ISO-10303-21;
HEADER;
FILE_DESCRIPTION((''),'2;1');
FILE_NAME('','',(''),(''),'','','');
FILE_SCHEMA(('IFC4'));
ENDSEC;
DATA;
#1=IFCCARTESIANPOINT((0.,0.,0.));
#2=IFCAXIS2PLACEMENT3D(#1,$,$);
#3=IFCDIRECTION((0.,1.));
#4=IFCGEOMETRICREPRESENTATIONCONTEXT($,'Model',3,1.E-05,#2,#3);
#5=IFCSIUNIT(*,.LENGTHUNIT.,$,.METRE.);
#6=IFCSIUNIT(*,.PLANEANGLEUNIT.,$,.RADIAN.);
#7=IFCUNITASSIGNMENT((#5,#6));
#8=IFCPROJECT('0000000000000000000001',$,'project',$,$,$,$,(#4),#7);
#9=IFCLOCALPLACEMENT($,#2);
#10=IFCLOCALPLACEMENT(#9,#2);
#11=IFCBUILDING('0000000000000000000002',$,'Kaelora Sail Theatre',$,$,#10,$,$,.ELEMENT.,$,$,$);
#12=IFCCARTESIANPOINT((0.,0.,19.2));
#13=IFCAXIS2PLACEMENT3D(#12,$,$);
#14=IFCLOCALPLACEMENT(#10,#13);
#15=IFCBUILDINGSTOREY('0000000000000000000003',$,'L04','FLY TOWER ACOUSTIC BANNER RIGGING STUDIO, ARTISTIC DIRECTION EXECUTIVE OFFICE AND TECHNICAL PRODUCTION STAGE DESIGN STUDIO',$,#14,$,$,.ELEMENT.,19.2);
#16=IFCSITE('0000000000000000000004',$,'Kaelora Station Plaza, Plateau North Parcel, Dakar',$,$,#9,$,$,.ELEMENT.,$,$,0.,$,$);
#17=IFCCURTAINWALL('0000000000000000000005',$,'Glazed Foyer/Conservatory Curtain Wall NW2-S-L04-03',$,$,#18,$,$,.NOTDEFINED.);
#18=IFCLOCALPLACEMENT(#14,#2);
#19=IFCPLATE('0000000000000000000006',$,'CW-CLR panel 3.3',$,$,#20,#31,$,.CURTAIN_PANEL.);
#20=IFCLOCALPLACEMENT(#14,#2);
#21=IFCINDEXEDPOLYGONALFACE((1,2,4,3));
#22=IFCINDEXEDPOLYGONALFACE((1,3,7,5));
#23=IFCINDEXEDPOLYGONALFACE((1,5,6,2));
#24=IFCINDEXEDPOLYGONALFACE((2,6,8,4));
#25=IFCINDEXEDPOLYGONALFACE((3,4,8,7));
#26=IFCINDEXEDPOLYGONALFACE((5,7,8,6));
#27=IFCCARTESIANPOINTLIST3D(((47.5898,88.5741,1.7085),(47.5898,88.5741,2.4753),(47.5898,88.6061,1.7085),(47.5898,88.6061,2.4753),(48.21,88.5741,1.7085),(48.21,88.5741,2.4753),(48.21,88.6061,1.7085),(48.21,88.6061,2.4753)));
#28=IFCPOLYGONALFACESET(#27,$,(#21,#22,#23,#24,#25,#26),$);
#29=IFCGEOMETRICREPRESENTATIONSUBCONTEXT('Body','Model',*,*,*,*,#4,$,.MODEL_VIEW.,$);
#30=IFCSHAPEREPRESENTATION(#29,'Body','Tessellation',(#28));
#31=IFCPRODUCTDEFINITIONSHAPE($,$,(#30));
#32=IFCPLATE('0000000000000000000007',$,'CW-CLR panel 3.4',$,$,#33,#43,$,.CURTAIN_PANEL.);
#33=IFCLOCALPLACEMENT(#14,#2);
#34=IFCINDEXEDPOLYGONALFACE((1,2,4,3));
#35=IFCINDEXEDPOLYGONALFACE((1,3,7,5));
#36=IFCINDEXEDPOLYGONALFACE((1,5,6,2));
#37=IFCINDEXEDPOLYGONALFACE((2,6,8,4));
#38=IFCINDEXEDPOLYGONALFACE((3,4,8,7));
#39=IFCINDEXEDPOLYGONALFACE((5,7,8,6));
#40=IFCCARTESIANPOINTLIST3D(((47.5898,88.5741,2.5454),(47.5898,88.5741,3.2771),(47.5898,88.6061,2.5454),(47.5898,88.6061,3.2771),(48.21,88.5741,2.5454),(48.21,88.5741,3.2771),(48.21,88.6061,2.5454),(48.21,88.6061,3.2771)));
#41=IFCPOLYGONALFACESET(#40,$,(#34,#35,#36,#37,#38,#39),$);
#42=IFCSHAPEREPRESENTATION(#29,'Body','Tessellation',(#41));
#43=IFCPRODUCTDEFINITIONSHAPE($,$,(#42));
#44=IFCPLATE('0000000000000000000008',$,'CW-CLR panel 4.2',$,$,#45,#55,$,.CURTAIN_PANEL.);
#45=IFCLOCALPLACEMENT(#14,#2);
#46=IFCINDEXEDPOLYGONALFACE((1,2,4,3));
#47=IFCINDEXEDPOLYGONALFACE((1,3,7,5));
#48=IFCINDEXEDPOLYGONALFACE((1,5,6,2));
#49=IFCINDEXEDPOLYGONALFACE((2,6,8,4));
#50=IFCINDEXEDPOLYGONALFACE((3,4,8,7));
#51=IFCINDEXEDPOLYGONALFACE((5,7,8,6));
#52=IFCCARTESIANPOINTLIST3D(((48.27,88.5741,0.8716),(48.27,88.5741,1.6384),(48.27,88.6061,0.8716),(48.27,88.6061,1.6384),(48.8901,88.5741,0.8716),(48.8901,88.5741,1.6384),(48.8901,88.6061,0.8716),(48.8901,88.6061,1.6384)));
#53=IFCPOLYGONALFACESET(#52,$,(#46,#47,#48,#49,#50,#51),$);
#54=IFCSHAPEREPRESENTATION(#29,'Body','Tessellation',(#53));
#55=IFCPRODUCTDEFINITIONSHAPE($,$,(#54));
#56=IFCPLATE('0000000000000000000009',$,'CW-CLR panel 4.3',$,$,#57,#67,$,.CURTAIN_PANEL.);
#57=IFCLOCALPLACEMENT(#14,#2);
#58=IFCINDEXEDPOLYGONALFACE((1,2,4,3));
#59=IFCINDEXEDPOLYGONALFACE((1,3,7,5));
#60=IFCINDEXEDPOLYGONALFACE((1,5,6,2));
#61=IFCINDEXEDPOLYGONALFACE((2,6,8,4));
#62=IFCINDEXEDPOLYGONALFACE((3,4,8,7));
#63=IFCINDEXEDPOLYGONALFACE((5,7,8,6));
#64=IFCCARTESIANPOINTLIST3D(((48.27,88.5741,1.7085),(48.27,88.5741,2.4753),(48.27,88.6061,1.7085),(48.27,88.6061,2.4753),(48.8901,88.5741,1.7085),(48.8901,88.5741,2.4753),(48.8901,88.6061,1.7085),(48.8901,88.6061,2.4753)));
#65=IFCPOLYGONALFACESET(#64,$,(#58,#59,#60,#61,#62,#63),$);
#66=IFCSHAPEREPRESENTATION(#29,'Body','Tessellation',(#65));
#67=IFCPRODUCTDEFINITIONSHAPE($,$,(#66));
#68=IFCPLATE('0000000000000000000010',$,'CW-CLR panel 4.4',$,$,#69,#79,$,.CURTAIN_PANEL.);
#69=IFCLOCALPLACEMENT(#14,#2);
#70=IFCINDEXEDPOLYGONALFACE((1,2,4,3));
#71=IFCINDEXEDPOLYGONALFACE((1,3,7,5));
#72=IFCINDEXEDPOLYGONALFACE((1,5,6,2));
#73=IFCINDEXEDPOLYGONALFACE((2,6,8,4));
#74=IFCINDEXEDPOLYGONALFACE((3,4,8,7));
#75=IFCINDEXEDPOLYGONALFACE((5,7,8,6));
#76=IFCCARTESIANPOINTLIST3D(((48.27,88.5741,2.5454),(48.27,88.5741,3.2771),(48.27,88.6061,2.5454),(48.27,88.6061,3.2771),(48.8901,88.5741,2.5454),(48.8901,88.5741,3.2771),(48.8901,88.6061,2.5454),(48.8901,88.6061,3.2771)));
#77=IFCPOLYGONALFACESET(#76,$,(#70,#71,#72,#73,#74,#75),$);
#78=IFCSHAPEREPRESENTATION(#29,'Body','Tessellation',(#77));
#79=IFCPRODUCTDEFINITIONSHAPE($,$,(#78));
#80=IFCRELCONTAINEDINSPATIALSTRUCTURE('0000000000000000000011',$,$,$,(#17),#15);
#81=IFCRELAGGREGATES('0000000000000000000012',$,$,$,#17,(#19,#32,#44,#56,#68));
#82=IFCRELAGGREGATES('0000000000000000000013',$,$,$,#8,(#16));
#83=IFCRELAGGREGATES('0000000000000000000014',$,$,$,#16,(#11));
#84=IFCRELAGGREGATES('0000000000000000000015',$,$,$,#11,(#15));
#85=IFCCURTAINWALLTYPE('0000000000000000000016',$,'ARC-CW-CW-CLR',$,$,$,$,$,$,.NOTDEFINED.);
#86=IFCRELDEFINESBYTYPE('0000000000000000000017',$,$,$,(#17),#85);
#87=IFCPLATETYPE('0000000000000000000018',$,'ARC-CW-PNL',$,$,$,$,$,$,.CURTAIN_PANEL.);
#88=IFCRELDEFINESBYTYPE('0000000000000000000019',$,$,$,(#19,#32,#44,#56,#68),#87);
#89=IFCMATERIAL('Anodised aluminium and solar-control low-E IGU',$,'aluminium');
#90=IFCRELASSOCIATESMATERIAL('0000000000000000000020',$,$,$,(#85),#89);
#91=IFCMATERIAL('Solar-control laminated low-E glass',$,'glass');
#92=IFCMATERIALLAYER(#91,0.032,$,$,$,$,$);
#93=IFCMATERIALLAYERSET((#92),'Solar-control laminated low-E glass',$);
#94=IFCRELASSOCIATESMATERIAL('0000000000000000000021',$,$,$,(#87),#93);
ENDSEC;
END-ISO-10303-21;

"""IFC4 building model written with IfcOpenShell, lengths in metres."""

from ifc_helpers import new_model, si_unit, direction, frame, origin, origin_2d, place, context, subcontext, project, spatial, rectangle, extrude, material, layer, layer_set, type_object, element, aggregate, save


model = new_model("IFC4")

# Units and contexts
model_context = context("Model", 3, precision=1e-05, world=origin(), true_north=direction((0.0, 1.0)))
body_context = subcontext(model_context, "Body", "Model", "MODEL_VIEW")
ifc_project = project(units=[si_unit("LENGTHUNIT", "METRE"), si_unit("PLANEANGLEUNIT", "RADIAN")], contexts=[model_context])

# Site, building, storey
site_placement = place(None, origin())
site = spatial("IfcSite", under=ifc_project, at=site_placement, Name="Kaelora Station Plaza, Plateau North Parcel, Dakar", CompositionType="ELEMENT", RefElevation=0.0)
building_placement = place(site_placement, origin())
building = spatial("IfcBuilding", under=site, at=building_placement, Name="Kaelora Sail Theatre", CompositionType="ELEMENT")
storey_placement = place(building_placement, frame((0.0, 0.0, 19.2)))
storey = spatial("IfcBuildingStorey", under=building, at=storey_placement, Name="L04", Description="FLY TOWER ACOUSTIC BANNER RIGGING STUDIO, ARTISTIC DIRECTION EXECUTIVE OFFICE AND TECHNICAL PRODUCTION STAGE DESIGN STUDIO", CompositionType="ELEMENT", Elevation=19.2)

# Curtain wall, plates
ifc_material_1 = material(Name="Anodised aluminium and solar-control low-E IGU", Category="aluminium")
curtain_wall_type = type_object("IfcCurtainWallType", Name="ARC-CW-CW-CLR", PredefinedType="NOTDEFINED", material=ifc_material_1)
curtain_wall_placement = place(storey_placement, origin())
curtain_wall = element("IfcCurtainWall", 1, at=curtain_wall_placement, inside=storey, type_object=curtain_wall_type, Name="Glazed Foyer/Conservatory Curtain Wall NW2-S-L04-03", PredefinedType="NOTDEFINED")
ifc_material_2 = material(Name="Solar-control laminated low-E glass", Category="glass")
ifc_layer = layer(ifc_material_2, 0.032)
ifc_layer_set = layer_set([ifc_layer], Name="Solar-control laminated low-E glass")
plate_type = type_object("IfcPlateType", Name="ARC-CW-PNL", PredefinedType="CURTAIN_PANEL", material=ifc_layer_set)
plate_1_placement = place(storey_placement, frame((47.8999, 88.5901, 1.7085), z_axis=(0.0, 0.0, 1.0), x_axis=(1.0, 0.0, 0.0)))
plate_1 = element("IfcPlate", 2, at=plate_1_placement, type_object=plate_type, Name="CW-CLR panel 3.3", PredefinedType="CURTAIN_PANEL", context=body_context, shape_type="SweptSolid", body=[
    extrude(rectangle(XDim=0.6201, YDim=0.032, at=origin_2d()), origin(), (0.0, 0.0, 1.0), 0.7668),
])
plate_2_placement = place(storey_placement, frame((47.8999, 88.5901, 2.5454), z_axis=(0.0, 0.0, 1.0), x_axis=(1.0, 0.0, 0.0)))
plate_2 = element("IfcPlate", 3, at=plate_2_placement, type_object=plate_type, Name="CW-CLR panel 3.4", PredefinedType="CURTAIN_PANEL", context=body_context, shape_type="SweptSolid", body=[
    extrude(rectangle(XDim=0.6201, YDim=0.032, at=origin_2d()), origin(), (0.0, 0.0, 1.0), 0.7317),
])
plate_3_placement = place(storey_placement, frame((48.5801, 88.5901, 0.8716), z_axis=(0.0, 0.0, 1.0), x_axis=(1.0, 0.0, 0.0)))
plate_3 = element("IfcPlate", 4, at=plate_3_placement, type_object=plate_type, Name="CW-CLR panel 4.2", PredefinedType="CURTAIN_PANEL", context=body_context, shape_type="SweptSolid", body=[
    extrude(rectangle(XDim=0.6201, YDim=0.032, at=origin_2d()), origin(), (0.0, 0.0, 1.0), 0.7668),
])
plate_4_placement = place(storey_placement, frame((48.5801, 88.5901, 1.7085), z_axis=(0.0, 0.0, 1.0), x_axis=(1.0, 0.0, 0.0)))
plate_4 = element("IfcPlate", 5, at=plate_4_placement, type_object=plate_type, Name="CW-CLR panel 4.3", PredefinedType="CURTAIN_PANEL", context=body_context, shape_type="SweptSolid", body=[
    extrude(rectangle(XDim=0.6201, YDim=0.032, at=origin_2d()), origin(), (0.0, 0.0, 1.0), 0.7668),
])
plate_5_placement = place(storey_placement, frame((48.5801, 88.5901, 2.5454), z_axis=(0.0, 0.0, 1.0), x_axis=(1.0, 0.0, 0.0)))
plate_5 = element("IfcPlate", 6, at=plate_5_placement, type_object=plate_type, Name="CW-CLR panel 4.4", PredefinedType="CURTAIN_PANEL", context=body_context, shape_type="SweptSolid", body=[
    extrude(rectangle(XDim=0.6201, YDim=0.032, at=origin_2d()), origin(), (0.0, 0.0, 1.0), 0.7317),
])
aggregate(curtain_wall, [plate_1, plate_2, plate_3, plate_4, plate_5])

save(model, "model.ifc")
